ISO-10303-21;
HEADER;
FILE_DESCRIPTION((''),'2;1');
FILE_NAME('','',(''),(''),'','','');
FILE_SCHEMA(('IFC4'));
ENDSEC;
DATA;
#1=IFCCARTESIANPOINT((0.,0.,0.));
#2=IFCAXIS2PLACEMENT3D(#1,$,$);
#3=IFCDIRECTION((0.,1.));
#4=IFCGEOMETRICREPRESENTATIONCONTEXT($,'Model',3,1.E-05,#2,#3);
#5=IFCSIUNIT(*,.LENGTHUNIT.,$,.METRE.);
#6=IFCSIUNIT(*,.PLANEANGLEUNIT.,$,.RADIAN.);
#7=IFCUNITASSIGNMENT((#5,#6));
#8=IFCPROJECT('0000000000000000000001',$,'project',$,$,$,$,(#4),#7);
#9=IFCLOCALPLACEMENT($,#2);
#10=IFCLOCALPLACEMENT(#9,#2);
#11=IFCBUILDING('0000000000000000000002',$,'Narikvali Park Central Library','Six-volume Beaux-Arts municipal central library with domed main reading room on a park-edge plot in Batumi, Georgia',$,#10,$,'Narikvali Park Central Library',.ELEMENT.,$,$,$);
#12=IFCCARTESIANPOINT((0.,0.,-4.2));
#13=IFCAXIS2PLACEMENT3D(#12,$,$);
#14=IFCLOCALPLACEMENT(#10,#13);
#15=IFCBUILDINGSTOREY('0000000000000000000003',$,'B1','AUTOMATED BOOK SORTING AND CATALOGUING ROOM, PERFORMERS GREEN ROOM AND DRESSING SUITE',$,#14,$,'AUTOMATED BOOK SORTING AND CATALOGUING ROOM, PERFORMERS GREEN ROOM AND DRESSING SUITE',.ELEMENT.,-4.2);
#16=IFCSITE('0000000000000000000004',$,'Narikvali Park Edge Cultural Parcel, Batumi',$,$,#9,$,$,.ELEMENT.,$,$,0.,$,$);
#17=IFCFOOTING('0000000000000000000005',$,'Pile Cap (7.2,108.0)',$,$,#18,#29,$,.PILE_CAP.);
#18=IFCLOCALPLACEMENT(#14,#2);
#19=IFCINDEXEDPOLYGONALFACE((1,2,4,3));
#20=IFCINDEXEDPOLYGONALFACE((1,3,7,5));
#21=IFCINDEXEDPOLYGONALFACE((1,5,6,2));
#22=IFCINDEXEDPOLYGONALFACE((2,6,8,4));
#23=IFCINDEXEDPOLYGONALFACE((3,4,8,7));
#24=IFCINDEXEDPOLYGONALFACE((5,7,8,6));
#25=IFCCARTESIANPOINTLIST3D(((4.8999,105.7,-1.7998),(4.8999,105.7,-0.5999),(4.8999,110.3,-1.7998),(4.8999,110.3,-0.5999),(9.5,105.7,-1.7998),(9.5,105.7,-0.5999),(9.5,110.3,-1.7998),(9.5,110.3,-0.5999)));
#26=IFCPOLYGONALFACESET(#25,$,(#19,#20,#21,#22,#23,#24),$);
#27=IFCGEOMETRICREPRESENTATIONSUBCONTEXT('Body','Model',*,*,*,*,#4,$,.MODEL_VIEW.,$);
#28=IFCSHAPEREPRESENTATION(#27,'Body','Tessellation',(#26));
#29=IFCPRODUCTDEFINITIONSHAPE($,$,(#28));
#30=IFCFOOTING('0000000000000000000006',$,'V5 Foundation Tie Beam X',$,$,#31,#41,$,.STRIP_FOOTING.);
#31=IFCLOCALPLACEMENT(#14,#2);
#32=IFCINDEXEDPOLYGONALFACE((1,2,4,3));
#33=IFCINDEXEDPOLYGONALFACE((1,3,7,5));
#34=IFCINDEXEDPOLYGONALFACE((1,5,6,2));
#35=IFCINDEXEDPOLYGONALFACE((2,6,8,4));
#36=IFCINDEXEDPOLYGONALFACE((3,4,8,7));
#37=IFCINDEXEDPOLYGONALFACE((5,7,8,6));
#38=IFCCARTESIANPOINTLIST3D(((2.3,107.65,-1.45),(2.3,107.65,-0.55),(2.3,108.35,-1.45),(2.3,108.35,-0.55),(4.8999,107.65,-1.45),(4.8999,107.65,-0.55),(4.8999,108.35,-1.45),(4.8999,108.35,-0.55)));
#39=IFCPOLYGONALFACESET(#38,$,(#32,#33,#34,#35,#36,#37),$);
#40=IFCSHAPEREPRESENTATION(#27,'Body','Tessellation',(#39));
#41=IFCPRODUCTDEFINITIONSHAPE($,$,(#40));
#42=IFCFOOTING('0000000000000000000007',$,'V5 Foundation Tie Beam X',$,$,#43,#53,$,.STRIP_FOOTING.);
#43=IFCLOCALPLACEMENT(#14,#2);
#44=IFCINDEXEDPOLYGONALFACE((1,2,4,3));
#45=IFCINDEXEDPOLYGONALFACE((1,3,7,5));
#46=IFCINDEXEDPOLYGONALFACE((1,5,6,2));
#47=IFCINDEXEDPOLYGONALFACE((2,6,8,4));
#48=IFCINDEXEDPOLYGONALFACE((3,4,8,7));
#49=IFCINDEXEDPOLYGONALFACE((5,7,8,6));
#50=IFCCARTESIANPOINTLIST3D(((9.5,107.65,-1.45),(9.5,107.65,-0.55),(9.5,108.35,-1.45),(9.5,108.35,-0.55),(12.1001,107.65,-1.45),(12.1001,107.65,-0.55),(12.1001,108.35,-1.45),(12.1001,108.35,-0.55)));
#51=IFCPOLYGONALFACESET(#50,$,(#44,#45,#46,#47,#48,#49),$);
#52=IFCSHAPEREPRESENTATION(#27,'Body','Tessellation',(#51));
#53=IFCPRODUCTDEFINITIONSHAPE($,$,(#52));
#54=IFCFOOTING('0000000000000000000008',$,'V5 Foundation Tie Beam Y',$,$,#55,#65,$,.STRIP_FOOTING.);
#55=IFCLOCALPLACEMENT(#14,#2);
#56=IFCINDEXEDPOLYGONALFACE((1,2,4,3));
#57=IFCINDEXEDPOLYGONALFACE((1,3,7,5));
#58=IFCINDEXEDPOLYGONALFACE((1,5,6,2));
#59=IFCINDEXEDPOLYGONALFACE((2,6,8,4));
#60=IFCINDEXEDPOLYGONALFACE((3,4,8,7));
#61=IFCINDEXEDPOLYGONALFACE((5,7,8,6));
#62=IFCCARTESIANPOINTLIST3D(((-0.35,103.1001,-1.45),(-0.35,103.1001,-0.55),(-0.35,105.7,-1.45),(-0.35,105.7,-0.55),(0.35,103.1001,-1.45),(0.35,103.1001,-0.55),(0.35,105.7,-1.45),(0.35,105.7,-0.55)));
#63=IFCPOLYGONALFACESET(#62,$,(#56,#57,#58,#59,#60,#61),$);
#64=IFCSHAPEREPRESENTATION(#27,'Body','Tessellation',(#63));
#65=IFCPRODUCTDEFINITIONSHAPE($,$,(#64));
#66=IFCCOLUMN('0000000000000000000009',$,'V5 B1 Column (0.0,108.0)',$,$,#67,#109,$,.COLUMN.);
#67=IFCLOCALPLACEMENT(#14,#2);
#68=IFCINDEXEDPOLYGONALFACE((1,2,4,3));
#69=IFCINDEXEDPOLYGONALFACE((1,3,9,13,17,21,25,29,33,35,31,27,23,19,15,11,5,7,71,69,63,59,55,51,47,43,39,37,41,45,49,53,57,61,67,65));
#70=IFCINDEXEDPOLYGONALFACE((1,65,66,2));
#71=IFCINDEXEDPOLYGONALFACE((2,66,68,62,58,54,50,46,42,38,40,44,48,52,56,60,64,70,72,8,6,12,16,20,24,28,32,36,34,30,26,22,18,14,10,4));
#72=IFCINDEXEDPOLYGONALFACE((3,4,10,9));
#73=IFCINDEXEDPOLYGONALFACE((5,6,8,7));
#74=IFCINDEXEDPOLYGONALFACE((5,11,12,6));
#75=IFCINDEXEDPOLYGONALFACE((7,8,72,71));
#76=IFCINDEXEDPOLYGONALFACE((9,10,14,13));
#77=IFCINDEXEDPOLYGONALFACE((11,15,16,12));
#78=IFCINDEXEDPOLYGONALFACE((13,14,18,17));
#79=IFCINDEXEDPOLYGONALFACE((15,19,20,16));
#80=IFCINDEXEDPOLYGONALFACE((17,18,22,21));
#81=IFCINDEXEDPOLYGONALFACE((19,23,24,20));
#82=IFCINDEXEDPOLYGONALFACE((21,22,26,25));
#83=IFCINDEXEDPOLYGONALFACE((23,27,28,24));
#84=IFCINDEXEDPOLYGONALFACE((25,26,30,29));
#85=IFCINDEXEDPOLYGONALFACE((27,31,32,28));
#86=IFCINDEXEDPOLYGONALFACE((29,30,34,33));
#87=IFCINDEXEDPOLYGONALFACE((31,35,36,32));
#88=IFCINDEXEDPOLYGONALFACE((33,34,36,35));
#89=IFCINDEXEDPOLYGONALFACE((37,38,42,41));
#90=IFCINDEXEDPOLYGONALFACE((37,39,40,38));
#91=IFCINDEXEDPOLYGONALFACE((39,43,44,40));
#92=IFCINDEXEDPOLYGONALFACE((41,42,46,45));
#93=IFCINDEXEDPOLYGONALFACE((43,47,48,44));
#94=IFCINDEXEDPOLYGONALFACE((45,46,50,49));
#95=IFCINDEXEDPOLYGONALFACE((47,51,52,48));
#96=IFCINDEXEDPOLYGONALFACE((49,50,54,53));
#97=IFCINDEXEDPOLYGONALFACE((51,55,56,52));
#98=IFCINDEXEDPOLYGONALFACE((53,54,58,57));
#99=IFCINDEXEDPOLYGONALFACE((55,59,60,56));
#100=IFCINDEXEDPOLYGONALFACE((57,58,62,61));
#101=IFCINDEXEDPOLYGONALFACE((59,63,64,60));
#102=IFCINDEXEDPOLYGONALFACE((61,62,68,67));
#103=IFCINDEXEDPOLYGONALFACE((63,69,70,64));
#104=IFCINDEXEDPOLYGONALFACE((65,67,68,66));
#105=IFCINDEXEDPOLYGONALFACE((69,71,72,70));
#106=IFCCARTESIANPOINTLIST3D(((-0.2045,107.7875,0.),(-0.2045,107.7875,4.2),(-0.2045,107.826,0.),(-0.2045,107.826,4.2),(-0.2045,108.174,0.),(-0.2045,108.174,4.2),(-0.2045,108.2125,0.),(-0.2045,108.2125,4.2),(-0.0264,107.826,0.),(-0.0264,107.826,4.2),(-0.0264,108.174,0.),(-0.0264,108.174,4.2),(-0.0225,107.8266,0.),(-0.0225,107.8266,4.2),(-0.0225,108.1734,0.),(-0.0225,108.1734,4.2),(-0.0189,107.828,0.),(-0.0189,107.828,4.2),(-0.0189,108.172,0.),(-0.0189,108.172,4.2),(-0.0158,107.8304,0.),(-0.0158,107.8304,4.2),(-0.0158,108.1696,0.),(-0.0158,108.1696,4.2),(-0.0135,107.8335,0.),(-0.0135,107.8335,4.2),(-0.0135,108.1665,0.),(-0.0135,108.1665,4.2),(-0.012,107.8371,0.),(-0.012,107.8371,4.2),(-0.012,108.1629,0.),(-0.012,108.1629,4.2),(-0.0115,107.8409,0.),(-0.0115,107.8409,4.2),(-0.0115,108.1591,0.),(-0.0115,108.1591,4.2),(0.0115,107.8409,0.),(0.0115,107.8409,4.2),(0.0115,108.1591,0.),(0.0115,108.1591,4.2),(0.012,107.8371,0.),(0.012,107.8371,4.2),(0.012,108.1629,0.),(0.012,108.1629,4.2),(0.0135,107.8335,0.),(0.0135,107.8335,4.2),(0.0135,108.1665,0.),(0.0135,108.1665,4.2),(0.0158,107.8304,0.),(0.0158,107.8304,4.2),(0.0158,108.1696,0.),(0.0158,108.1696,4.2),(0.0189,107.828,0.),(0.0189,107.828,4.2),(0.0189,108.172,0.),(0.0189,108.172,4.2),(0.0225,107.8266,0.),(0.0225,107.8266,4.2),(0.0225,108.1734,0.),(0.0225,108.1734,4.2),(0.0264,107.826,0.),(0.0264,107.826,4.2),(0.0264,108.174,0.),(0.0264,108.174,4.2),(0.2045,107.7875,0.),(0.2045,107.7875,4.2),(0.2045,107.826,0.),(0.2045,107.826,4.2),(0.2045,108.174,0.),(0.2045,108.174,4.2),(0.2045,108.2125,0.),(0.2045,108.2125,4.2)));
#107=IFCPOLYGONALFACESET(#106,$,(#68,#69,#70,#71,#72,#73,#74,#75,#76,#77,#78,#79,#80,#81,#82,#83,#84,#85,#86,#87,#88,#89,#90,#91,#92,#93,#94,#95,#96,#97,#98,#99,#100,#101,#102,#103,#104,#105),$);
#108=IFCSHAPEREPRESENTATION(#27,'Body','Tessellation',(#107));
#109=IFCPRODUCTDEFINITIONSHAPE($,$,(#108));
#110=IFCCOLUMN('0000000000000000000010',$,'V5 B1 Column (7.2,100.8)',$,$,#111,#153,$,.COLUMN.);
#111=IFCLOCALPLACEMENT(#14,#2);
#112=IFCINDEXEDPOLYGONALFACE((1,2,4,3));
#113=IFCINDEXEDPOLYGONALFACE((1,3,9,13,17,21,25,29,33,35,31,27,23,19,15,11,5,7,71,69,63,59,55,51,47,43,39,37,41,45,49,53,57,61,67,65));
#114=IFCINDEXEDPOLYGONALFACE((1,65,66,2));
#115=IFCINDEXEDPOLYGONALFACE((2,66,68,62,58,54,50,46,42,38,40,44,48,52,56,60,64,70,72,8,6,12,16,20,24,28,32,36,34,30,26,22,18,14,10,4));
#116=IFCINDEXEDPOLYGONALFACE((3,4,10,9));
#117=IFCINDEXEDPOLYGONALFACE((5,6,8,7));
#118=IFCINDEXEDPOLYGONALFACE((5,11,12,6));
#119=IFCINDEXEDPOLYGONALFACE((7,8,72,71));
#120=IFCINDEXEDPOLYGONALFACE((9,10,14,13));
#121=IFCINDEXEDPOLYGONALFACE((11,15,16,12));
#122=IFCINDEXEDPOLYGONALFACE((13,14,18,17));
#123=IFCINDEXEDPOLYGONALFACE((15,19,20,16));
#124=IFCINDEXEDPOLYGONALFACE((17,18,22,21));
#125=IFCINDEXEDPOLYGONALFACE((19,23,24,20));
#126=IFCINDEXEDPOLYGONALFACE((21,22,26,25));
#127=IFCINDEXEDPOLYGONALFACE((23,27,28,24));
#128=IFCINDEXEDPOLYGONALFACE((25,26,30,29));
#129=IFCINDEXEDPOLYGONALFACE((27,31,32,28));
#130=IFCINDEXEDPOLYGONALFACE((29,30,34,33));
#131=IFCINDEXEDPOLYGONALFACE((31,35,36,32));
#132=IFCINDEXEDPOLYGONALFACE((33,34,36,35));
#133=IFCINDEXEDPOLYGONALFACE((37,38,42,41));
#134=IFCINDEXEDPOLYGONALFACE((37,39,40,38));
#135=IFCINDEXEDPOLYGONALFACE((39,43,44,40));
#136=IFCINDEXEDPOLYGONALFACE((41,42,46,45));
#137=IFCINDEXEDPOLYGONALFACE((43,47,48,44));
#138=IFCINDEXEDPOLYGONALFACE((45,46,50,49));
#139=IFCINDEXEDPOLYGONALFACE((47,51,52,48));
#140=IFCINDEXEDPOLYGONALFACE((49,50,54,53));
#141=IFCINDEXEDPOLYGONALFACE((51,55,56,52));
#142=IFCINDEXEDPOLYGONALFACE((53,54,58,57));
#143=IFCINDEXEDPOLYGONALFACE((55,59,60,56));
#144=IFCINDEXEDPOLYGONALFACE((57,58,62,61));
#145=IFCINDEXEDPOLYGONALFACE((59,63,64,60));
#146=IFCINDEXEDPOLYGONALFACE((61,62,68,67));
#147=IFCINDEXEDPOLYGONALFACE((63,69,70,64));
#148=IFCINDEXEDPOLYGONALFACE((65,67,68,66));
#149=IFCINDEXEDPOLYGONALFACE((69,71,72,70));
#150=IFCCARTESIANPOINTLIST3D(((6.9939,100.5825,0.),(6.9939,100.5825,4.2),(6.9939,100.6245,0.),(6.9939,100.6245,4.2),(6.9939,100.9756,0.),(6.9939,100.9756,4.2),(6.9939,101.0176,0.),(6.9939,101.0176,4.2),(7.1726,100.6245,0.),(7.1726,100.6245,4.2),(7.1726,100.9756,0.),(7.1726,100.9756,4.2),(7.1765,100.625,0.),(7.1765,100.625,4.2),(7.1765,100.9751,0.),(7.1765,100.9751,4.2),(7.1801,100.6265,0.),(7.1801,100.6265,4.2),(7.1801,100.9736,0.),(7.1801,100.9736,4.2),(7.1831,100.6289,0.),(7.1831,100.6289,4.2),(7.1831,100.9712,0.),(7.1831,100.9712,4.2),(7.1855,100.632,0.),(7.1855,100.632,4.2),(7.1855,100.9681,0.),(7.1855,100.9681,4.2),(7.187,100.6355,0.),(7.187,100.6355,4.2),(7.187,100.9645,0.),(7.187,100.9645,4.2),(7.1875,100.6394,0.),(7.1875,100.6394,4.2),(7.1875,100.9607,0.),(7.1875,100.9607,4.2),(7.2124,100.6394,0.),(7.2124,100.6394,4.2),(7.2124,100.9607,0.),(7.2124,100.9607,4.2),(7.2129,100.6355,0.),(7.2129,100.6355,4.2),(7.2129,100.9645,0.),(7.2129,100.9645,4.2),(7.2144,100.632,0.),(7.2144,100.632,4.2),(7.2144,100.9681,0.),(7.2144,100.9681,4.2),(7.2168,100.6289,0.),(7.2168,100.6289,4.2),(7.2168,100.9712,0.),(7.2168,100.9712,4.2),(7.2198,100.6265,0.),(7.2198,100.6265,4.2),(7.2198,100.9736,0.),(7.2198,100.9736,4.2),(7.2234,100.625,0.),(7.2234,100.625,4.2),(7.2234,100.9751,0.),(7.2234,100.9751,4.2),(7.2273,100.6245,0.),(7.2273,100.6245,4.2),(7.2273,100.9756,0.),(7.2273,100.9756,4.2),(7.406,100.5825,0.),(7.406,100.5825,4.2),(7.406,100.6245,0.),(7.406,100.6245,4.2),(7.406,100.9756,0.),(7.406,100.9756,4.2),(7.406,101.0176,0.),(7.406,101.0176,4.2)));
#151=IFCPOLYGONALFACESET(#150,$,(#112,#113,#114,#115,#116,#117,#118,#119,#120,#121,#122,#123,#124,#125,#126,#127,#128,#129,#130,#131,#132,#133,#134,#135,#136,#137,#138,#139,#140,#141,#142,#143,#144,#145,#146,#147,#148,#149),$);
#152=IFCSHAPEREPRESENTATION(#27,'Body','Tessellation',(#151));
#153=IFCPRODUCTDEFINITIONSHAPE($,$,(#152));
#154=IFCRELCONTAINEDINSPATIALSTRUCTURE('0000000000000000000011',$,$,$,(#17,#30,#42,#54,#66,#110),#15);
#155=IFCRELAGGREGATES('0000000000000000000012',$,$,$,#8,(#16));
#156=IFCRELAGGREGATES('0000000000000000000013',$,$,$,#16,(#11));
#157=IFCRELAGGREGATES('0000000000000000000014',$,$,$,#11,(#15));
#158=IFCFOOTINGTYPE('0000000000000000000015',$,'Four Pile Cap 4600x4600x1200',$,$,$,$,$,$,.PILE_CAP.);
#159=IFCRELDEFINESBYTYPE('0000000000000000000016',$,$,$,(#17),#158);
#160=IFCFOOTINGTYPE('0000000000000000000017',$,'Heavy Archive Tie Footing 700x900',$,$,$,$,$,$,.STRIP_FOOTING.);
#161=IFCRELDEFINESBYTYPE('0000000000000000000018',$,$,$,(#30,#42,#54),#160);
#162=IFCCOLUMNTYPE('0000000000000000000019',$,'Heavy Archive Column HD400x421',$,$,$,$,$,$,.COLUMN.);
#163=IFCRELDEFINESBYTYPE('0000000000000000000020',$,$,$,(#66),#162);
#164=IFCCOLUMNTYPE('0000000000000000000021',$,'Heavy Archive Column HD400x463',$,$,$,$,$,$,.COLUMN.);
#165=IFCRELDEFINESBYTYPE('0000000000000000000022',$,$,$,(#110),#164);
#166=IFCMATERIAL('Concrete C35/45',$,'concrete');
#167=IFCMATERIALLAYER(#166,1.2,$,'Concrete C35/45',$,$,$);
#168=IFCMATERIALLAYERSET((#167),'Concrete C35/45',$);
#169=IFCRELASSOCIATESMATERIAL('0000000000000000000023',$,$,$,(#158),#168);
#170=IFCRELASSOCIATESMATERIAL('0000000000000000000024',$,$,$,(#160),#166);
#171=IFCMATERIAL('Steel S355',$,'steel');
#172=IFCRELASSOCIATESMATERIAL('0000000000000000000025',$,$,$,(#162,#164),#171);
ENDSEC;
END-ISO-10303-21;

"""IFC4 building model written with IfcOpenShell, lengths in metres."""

from ifc_helpers import new_model, si_unit, direction, frame, origin, origin_2d, place, context, subcontext, project, spatial, rectangle, i_section, extrude, material, layer, layer_set, material_profile, profile_set, type_object, element, save


model = new_model("IFC4")

# Units and contexts
model_context = context("Model", 3, precision=1e-05, world=origin(), true_north=direction((0.0, 1.0)))
body_context = subcontext(model_context, "Body", "Model", "MODEL_VIEW")
ifc_project = project(units=[si_unit("LENGTHUNIT", "METRE"), si_unit("PLANEANGLEUNIT", "RADIAN")], contexts=[model_context])

# Site, building, storey
site_placement = place(None, origin())
site = spatial("IfcSite", under=ifc_project, at=site_placement, Name="Narikvali Park Edge Cultural Parcel, Batumi", CompositionType="ELEMENT", RefElevation=0.0)
building_placement = place(site_placement, origin())
building = spatial("IfcBuilding", under=site, at=building_placement, Name="Narikvali Park Central Library", Description="Six-volume Beaux-Arts municipal central library with domed main reading room on a park-edge plot in Batumi, Georgia", LongName="Narikvali Park Central Library", CompositionType="ELEMENT")
storey_placement = place(building_placement, frame((0.0, 0.0, -4.2)))
storey = spatial("IfcBuildingStorey", under=building, at=storey_placement, Name="B1", Description="AUTOMATED BOOK SORTING AND CATALOGUING ROOM, PERFORMERS GREEN ROOM AND DRESSING SUITE", LongName="AUTOMATED BOOK SORTING AND CATALOGUING ROOM, PERFORMERS GREEN ROOM AND DRESSING SUITE", CompositionType="ELEMENT", Elevation=-4.2)

# Shared definitions
ifc_material_1 = material(Name="Concrete C35/45", Category="concrete")

# Footings
ifc_layer_1 = layer(ifc_material_1, 1.2, Name="Concrete C35/45")
ifc_layer_set_1 = layer_set([ifc_layer_1], Name="Concrete C35/45")
footing_type_1 = type_object("IfcFootingType", Name="Four Pile Cap 4600x4600x1200", PredefinedType="PILE_CAP", material=ifc_layer_set_1)
for number, where, z_axis, x_axis, name in (
    (1, (7.2, 108.0, -1.7998), (0.0, 0.0, 1.0), (1.0, 0.0, 0.0), "Pile Cap (7.2,108.0)"),
):
    element("IfcFooting", number, at=place(storey_placement, frame(where, z_axis=z_axis, x_axis=x_axis)), inside=storey, type_object=footing_type_1, Name=name, PredefinedType="PILE_CAP", context=body_context, shape_type="SweptSolid", body=[
        extrude(rectangle(XDim=4.6001, YDim=4.6001, at=origin_2d()), origin(), (0.0, 0.0, 1.0), 1.2),
    ])
ifc_material_profile_1 = material_profile(ifc_material_1, rectangle(XDim=0.7, YDim=0.8999, at=origin_2d()), Name="RC GB 700x900")
ifc_profile_set_1 = profile_set([ifc_material_profile_1], Name="Concrete C35/45")
footing_type_2 = type_object("IfcFootingType", Name="Heavy Archive Tie Footing 700x900", PredefinedType="STRIP_FOOTING", material=ifc_profile_set_1)
footing_1_placement = place(storey_placement, frame((2.3, 108.0, -1.0), z_axis=(1.0, 0.0, 0.0), x_axis=(0.0, 1.0, 0.0)))
element("IfcFooting", 2, at=footing_1_placement, inside=storey, type_object=footing_type_2, Name="V5 Foundation Tie Beam X", PredefinedType="STRIP_FOOTING", context=body_context, shape_type="SweptSolid", body=[
    extrude(rectangle(XDim=0.7, YDim=0.8999, at=origin_2d()), origin(), (0.0, 0.0, 1.0), 2.5999),
])
footing_2_placement = place(storey_placement, frame((9.5, 108.0, -1.0), z_axis=(1.0, 0.0, 0.0), x_axis=(0.0, 1.0, 0.0)))
element("IfcFooting", 3, at=footing_2_placement, inside=storey, type_object=footing_type_2, Name="V5 Foundation Tie Beam X", PredefinedType="STRIP_FOOTING", context=body_context, shape_type="SweptSolid", body=[
    extrude(rectangle(XDim=0.7, YDim=0.8999, at=origin_2d()), origin(), (0.0, 0.0, 1.0), 2.6001),
])
footing_3_placement = place(storey_placement, frame((0.0, 103.1001, -1.0), z_axis=(0.0, 1.0, 0.0), x_axis=(-1.0, 0.0, 0.0)))
element("IfcFooting", 4, at=footing_3_placement, inside=storey, type_object=footing_type_2, Name="V5 Foundation Tie Beam Y", PredefinedType="STRIP_FOOTING", context=body_context, shape_type="SweptSolid", body=[
    extrude(rectangle(XDim=0.7, YDim=0.8999, at=origin_2d()), origin(), (0.0, 0.0, 1.0), 2.5999),
])

# Columns
ifc_material_2 = material(Name="Steel S355", Category="steel")
ifc_material_profile_2 = material_profile(ifc_material_2, i_section(OverallWidth=0.4089, OverallDepth=0.425, WebThickness=0.0229, FlangeThickness=0.0386, FilletRadius=0.0149, at=origin_2d()), Name="HD 400x421")
ifc_profile_set_2 = profile_set([ifc_material_profile_2], Name="Steel S355")
column_type_1 = type_object("IfcColumnType", Name="Heavy Archive Column HD400x421", PredefinedType="COLUMN", material=ifc_profile_set_2)
column_1_placement = place(storey_placement, frame((0.0, 108.0, 0.0), z_axis=(0.0, 0.0, 1.0), x_axis=(1.0, 0.0, 0.0)))
element("IfcColumn", 5, at=column_1_placement, inside=storey, type_object=column_type_1, Name="V5 B1 Column (0.0,108.0)", PredefinedType="COLUMN", context=body_context, shape_type="SweptSolid", body=[
    extrude(i_section(OverallWidth=0.4089, OverallDepth=0.425, WebThickness=0.0229, FlangeThickness=0.0386, FilletRadius=0.0149, at=origin_2d()), origin(), (0.0, 0.0, 1.0), 4.2),
])
ifc_material_profile_3 = material_profile(ifc_material_2, i_section(OverallWidth=0.4121, OverallDepth=0.4351, WebThickness=0.0249, FlangeThickness=0.042, FilletRadius=0.0149, at=origin_2d()), Name="HD 400x463")
ifc_profile_set_3 = profile_set([ifc_material_profile_3], Name="Steel S355")
column_type_2 = type_object("IfcColumnType", Name="Heavy Archive Column HD400x463", PredefinedType="COLUMN", material=ifc_profile_set_3)
column_2_placement = place(storey_placement, frame((7.2, 100.8, 0.0), z_axis=(0.0, 0.0, 1.0), x_axis=(1.0, 0.0, 0.0)))
element("IfcColumn", 6, at=column_2_placement, inside=storey, type_object=column_type_2, Name="V5 B1 Column (7.2,100.8)", PredefinedType="COLUMN", context=body_context, shape_type="SweptSolid", body=[
    extrude(i_section(OverallWidth=0.4121, OverallDepth=0.4351, WebThickness=0.0249, FlangeThickness=0.042, FilletRadius=0.0149, at=origin_2d()), origin(), (0.0, 0.0, 1.0), 4.2),
])

save(model, "model.ifc")
